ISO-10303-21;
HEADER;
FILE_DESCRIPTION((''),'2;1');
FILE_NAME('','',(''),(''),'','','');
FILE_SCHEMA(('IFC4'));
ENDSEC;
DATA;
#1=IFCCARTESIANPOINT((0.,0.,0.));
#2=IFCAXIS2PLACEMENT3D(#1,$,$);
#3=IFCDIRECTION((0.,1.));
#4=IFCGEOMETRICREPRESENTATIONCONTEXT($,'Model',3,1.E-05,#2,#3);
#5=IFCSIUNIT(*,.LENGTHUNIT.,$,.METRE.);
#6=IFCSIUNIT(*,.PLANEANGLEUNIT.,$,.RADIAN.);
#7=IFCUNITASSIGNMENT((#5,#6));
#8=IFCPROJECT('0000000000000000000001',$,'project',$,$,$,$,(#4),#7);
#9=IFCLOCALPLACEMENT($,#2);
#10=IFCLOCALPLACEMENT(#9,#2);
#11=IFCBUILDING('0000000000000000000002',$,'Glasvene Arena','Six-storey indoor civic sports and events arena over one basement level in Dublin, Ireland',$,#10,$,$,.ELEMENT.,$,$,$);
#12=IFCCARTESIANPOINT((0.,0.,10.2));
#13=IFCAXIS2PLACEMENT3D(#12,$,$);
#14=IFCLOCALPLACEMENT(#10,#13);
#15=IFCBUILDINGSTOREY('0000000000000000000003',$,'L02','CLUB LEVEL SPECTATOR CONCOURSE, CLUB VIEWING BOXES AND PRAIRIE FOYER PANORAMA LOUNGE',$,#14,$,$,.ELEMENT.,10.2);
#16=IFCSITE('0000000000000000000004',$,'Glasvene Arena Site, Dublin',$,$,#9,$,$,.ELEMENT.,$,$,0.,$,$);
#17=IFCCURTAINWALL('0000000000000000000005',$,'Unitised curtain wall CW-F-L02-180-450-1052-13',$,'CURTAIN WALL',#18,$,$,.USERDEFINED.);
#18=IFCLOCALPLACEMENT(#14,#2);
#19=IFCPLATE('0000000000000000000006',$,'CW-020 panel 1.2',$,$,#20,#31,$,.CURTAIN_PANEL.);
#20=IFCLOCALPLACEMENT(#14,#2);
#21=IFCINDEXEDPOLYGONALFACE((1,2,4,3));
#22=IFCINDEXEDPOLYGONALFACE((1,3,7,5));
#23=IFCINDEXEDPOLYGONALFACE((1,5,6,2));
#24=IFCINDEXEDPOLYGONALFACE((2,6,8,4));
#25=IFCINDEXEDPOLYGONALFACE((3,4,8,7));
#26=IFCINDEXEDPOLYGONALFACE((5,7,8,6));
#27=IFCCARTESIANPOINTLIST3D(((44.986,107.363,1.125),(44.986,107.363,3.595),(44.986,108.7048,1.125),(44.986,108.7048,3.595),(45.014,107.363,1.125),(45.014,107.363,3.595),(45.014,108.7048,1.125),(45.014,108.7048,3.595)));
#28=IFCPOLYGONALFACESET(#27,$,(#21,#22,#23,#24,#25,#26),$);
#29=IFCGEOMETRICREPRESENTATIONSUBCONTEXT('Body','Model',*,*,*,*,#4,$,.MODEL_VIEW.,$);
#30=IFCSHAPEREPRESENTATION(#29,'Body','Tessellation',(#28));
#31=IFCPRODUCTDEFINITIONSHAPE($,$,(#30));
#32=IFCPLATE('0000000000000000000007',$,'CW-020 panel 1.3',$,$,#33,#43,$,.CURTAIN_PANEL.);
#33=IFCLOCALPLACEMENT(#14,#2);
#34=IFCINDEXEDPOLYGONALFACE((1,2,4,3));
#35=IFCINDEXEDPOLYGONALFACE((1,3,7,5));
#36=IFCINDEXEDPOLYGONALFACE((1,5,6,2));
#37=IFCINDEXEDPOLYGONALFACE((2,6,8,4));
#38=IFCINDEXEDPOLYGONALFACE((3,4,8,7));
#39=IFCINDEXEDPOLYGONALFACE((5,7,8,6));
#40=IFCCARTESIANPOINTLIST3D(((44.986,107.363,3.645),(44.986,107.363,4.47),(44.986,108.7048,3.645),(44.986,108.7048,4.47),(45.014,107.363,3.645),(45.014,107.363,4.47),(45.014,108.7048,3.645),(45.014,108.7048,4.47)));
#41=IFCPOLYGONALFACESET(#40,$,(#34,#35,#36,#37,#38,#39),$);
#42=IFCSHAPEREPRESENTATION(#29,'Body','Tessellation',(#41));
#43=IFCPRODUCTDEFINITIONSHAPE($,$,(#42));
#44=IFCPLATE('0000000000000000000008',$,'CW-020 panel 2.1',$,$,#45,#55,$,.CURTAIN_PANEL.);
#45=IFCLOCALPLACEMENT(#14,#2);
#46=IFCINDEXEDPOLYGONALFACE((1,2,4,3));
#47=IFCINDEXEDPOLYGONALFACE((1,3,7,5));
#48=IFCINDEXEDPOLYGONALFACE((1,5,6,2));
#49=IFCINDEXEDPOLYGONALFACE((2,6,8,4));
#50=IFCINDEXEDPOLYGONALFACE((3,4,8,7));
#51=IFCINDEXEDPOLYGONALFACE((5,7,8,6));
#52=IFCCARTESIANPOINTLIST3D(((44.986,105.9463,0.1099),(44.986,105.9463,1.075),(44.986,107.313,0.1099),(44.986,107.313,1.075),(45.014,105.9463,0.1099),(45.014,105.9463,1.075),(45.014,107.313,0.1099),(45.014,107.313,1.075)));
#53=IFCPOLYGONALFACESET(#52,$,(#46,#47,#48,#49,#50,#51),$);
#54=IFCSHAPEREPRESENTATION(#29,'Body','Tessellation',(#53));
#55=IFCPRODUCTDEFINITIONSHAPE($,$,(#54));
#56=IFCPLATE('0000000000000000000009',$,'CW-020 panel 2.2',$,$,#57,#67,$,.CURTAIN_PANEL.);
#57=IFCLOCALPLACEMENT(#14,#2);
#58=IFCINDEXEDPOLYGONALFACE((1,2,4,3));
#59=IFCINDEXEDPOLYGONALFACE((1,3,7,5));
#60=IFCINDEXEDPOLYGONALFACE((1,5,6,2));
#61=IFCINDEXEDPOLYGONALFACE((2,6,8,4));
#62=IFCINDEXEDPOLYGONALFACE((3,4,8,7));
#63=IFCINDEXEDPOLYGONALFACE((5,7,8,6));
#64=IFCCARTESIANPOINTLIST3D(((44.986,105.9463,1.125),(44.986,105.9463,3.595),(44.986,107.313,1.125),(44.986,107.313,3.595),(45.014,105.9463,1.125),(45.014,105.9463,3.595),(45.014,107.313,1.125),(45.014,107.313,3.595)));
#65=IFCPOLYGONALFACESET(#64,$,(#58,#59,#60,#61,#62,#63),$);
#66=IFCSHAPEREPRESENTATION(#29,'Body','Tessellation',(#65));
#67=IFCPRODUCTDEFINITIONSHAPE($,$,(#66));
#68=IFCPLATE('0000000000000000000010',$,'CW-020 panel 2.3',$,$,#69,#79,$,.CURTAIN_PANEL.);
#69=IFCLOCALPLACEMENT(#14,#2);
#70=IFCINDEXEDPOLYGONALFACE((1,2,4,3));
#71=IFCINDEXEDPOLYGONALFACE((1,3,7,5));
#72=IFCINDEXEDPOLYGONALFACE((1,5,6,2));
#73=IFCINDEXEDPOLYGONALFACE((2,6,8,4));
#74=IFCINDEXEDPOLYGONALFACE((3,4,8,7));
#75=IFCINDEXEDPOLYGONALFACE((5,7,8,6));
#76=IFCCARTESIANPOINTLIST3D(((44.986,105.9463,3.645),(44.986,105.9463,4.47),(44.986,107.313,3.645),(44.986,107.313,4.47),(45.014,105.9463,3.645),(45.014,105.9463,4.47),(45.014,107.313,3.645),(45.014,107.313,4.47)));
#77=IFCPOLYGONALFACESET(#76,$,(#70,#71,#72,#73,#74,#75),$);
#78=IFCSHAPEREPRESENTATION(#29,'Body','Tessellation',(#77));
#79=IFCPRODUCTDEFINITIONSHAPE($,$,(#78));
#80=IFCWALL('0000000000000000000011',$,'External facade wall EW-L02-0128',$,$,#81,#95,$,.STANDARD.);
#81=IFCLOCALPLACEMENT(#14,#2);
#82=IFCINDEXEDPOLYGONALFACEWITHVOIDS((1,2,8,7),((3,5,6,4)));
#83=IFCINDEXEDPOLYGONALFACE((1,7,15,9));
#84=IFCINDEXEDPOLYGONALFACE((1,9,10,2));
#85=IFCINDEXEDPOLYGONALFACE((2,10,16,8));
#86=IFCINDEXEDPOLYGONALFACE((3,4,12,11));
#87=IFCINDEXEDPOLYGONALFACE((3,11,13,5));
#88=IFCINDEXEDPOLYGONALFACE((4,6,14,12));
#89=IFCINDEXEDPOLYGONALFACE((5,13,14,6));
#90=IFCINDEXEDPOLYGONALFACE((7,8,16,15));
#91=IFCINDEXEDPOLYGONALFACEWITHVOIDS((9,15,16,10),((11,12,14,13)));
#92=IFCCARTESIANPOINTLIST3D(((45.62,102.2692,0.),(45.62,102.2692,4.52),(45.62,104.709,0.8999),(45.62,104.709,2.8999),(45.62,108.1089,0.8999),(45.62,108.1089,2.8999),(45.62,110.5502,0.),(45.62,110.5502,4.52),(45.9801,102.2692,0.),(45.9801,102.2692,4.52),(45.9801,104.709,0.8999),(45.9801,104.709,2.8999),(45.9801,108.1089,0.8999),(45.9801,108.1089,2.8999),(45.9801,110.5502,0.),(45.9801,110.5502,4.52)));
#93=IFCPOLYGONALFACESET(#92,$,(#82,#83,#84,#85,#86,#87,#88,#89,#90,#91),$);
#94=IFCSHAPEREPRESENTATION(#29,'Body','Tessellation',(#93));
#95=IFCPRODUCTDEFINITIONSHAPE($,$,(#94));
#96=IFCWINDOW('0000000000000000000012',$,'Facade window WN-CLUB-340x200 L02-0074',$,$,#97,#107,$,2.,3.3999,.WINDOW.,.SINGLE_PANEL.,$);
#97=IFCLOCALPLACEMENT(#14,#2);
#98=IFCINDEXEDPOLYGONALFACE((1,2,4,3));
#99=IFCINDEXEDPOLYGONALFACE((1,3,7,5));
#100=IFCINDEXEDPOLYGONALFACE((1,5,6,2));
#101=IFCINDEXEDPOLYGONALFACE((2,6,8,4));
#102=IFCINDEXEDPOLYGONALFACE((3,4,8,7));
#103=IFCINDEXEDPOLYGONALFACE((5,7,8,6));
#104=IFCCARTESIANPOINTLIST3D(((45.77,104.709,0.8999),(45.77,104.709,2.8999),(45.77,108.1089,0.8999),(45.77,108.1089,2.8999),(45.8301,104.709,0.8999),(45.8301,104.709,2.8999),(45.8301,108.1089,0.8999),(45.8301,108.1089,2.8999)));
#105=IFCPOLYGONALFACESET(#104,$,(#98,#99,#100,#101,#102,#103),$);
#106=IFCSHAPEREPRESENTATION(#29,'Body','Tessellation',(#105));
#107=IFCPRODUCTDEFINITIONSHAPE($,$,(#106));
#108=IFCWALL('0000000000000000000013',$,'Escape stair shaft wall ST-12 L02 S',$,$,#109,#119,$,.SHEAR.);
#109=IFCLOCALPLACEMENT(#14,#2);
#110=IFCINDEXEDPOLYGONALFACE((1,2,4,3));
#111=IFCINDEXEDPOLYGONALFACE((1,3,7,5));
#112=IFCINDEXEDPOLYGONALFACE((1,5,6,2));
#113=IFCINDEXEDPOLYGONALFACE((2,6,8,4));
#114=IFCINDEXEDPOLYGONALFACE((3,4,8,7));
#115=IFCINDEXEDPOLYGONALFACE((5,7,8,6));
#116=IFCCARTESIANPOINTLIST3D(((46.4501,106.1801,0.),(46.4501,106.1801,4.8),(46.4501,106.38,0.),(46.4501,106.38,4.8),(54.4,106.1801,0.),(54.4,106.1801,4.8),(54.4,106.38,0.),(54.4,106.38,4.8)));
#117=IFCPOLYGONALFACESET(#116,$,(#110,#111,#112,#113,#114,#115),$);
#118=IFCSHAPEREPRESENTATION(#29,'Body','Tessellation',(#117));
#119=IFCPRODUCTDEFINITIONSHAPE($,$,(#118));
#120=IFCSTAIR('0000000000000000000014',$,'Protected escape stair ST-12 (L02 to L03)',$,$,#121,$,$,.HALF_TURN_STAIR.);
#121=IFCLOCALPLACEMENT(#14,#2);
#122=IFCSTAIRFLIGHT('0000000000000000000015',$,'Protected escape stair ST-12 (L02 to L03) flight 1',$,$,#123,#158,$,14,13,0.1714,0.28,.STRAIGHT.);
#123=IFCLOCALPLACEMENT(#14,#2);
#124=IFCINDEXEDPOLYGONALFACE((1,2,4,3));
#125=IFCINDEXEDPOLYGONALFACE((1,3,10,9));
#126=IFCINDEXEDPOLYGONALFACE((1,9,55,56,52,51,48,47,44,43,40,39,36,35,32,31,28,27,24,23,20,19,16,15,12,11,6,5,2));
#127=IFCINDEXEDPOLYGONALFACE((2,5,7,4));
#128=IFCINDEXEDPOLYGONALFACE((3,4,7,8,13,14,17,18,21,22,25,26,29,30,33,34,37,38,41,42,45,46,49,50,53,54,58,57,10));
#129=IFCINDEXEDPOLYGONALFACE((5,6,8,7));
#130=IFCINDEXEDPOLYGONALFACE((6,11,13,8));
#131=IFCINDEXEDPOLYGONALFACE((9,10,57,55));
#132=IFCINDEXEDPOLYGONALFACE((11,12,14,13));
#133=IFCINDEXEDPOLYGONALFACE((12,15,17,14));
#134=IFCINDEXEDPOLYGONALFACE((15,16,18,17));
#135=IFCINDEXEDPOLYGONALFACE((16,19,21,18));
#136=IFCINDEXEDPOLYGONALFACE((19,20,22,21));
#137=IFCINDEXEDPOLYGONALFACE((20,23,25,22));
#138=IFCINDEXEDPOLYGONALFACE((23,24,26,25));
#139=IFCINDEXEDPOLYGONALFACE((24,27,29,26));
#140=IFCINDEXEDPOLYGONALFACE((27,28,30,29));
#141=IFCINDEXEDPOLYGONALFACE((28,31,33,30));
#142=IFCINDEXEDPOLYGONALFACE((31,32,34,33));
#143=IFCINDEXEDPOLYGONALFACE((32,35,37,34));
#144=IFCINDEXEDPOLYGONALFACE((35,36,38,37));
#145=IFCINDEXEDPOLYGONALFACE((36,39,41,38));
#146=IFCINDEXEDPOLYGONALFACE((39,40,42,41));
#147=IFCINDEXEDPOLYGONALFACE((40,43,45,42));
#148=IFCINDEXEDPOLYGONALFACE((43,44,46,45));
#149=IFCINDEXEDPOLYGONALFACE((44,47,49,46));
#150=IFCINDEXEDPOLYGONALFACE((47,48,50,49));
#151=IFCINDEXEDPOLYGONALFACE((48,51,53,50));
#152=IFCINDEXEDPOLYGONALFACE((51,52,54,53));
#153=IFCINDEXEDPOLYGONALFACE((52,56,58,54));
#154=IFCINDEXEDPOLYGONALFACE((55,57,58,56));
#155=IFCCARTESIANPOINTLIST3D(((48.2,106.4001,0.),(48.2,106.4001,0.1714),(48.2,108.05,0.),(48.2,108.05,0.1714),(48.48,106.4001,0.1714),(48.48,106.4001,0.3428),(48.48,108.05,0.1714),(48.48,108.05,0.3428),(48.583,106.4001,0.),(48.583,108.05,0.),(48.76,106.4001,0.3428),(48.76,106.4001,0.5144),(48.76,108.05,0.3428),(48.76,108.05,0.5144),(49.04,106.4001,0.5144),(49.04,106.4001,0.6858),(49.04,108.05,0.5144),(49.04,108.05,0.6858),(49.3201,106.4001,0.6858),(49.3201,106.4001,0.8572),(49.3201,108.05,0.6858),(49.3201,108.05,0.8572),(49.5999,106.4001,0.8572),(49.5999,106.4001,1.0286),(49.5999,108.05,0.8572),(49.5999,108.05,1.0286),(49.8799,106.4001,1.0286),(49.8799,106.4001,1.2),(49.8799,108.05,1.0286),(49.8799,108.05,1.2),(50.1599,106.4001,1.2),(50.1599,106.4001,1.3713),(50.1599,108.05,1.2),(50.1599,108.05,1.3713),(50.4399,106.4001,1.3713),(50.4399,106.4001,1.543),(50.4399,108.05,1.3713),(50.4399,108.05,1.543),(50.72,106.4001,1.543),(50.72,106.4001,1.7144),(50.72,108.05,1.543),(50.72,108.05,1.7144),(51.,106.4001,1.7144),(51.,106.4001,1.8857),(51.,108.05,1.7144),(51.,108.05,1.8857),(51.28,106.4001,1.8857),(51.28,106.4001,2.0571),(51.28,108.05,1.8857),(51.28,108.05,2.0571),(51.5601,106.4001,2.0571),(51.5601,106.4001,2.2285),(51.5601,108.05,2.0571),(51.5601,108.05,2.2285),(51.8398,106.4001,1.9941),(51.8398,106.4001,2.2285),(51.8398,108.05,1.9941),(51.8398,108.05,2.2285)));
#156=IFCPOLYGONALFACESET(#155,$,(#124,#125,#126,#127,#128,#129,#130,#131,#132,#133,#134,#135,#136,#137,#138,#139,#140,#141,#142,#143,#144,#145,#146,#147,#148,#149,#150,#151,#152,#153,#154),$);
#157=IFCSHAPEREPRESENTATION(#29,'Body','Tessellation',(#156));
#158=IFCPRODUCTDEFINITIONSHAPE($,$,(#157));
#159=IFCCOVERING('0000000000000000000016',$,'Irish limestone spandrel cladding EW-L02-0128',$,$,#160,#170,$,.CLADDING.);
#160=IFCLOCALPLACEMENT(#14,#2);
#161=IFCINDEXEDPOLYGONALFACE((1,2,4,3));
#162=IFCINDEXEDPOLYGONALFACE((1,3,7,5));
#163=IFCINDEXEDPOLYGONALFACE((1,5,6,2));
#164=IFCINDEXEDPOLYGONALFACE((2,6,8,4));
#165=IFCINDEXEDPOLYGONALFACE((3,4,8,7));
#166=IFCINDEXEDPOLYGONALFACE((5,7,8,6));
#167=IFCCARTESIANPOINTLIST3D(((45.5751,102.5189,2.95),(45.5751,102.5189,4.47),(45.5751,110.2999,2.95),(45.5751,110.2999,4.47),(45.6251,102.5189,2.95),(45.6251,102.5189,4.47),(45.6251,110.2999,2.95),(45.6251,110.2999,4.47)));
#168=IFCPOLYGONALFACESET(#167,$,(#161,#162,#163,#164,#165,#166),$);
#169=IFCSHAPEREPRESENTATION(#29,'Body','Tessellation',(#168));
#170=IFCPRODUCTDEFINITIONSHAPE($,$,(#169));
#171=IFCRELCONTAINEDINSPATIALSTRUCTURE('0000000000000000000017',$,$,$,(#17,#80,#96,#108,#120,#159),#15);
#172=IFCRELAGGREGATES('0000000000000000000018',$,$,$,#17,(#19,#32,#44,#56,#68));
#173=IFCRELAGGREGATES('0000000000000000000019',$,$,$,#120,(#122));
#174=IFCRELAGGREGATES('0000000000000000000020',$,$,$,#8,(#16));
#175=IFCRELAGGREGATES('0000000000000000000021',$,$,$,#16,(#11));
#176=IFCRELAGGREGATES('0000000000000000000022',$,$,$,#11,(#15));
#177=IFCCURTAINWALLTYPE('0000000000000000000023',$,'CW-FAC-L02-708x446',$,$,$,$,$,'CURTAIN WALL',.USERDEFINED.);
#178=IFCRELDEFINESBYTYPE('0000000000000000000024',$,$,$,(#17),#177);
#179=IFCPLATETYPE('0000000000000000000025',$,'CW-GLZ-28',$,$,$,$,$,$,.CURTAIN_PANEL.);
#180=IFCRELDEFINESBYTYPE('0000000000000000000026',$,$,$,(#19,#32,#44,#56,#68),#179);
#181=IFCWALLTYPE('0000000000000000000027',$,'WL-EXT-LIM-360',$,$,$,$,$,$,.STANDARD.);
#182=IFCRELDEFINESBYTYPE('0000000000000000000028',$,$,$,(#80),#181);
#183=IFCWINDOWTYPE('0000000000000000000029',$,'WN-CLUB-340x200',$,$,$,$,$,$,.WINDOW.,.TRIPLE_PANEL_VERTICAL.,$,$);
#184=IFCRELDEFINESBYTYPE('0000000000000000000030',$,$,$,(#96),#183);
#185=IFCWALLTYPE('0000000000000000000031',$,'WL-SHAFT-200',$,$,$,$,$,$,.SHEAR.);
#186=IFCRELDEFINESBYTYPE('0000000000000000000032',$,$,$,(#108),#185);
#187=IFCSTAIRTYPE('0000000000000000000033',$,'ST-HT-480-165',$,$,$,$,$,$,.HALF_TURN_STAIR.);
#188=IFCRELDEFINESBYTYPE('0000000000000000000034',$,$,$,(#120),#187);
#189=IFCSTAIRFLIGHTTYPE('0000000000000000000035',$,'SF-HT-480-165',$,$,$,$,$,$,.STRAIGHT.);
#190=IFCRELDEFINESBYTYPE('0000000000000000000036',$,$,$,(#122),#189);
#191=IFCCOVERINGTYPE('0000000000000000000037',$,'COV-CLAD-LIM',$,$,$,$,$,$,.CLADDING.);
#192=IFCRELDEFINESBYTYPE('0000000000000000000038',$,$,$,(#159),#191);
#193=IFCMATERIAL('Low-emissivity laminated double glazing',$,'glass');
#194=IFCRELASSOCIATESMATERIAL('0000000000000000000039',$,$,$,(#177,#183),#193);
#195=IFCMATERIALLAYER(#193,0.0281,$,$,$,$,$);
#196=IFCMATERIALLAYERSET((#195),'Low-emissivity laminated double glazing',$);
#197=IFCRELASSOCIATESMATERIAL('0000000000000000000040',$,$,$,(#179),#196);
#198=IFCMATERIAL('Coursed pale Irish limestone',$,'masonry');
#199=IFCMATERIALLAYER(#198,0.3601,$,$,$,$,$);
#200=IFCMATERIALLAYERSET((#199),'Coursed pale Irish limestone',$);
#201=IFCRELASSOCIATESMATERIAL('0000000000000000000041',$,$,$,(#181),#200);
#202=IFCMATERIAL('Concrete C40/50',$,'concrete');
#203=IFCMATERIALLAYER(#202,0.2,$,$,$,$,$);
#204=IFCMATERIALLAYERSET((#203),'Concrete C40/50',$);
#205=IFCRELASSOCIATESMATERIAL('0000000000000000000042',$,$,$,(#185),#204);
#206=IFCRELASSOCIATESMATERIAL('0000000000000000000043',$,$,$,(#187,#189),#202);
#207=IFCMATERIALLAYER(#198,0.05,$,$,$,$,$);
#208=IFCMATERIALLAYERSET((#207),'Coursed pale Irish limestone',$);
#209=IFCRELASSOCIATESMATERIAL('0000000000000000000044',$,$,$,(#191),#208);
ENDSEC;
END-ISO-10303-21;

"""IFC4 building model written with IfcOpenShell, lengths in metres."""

from ifc_helpers import new_model, si_unit, direction, frame, frame_2d, origin, origin_2d, place, context, subcontext, project, spatial, polyline, rectangle, outline, extrude, material, layer, layer_set, type_object, element, fill, aggregate, save


model = new_model("IFC4")

# Units and contexts
model_context = context("Model", 3, precision=1e-05, world=origin(), true_north=direction((0.0, 1.0)))
body_context = subcontext(model_context, "Body", "Model", "MODEL_VIEW")
ifc_project = project(units=[si_unit("LENGTHUNIT", "METRE"), si_unit("PLANEANGLEUNIT", "RADIAN")], contexts=[model_context])

# Site, building, storey
site_placement = place(None, origin())
site = spatial("IfcSite", under=ifc_project, at=site_placement, Name="Glasvene Arena Site, Dublin", CompositionType="ELEMENT", RefElevation=0.0)
building_placement = place(site_placement, origin())
building = spatial("IfcBuilding", under=site, at=building_placement, Name="Glasvene Arena", Description="Six-storey indoor civic sports and events arena over one basement level in Dublin, Ireland", CompositionType="ELEMENT")
storey_placement = place(building_placement, frame((0.0, 0.0, 10.2)))
storey = spatial("IfcBuildingStorey", under=building, at=storey_placement, Name="L02", Description="CLUB LEVEL SPECTATOR CONCOURSE, CLUB VIEWING BOXES AND PRAIRIE FOYER PANORAMA LOUNGE", CompositionType="ELEMENT", Elevation=10.2)

# Curtain wall, plates
ifc_material_1 = material(Name="Low-emissivity laminated double glazing", Category="glass")
curtain_wall_type = type_object("IfcCurtainWallType", Name="CW-FAC-L02-708x446", ElementType="CURTAIN WALL", PredefinedType="USERDEFINED", material=ifc_material_1)
curtain_wall_placement = place(storey_placement, frame((45.0, 108.7549, 0.0)))
curtain_wall = element("IfcCurtainWall", 1, at=curtain_wall_placement, inside=storey, type_object=curtain_wall_type, Name="Unitised curtain wall CW-F-L02-180-450-1052-13", ObjectType="CURTAIN WALL", PredefinedType="USERDEFINED")
ifc_layer_1 = layer(ifc_material_1, 0.0281)
ifc_layer_set_1 = layer_set([ifc_layer_1], Name="Low-emissivity laminated double glazing")
plate_type = type_object("IfcPlateType", Name="CW-GLZ-28", PredefinedType="CURTAIN_PANEL", material=ifc_layer_set_1)
plate_1_placement = place(storey_placement, frame((45.0, 108.0339, 1.125), z_axis=(0.0, 0.0, 1.0), x_axis=(0.0, -1.0, 0.0)))
plate_1 = element("IfcPlate", 2, at=plate_1_placement, type_object=plate_type, Name="CW-020 panel 1.2", PredefinedType="CURTAIN_PANEL", context=body_context, shape_type="SweptSolid", body=[
    extrude(rectangle(XDim=1.3418, YDim=0.0281, at=origin_2d()), origin(), (0.0, 0.0, 1.0), 2.47),
])
plate_2_placement = place(storey_placement, frame((45.0, 108.0339, 3.645), z_axis=(0.0, 0.0, 1.0), x_axis=(0.0, -1.0, 0.0)))
plate_2 = element("IfcPlate", 3, at=plate_2_placement, type_object=plate_type, Name="CW-020 panel 1.3", PredefinedType="CURTAIN_PANEL", context=body_context, shape_type="SweptSolid", body=[
    extrude(rectangle(XDim=1.3418, YDim=0.0281, at=origin_2d()), origin(), (0.0, 0.0, 1.0), 0.825),
])
plate_3_placement = place(storey_placement, frame((45.0, 106.6296, 0.1099), z_axis=(0.0, 0.0, 1.0), x_axis=(0.0, -1.0, 0.0)))
plate_3 = element("IfcPlate", 4, at=plate_3_placement, type_object=plate_type, Name="CW-020 panel 2.1", PredefinedType="CURTAIN_PANEL", context=body_context, shape_type="SweptSolid", body=[
    extrude(rectangle(XDim=1.3667, YDim=0.0281, at=origin_2d()), origin(), (0.0, 0.0, 1.0), 0.9651),
])
plate_4_placement = place(storey_placement, frame((45.0, 106.6296, 1.125), z_axis=(0.0, 0.0, 1.0), x_axis=(0.0, -1.0, 0.0)))
plate_4 = element("IfcPlate", 5, at=plate_4_placement, type_object=plate_type, Name="CW-020 panel 2.2", PredefinedType="CURTAIN_PANEL", context=body_context, shape_type="SweptSolid", body=[
    extrude(rectangle(XDim=1.3667, YDim=0.0281, at=origin_2d()), origin(), (0.0, 0.0, 1.0), 2.47),
])
plate_5_placement = place(storey_placement, frame((45.0, 106.6296, 3.645), z_axis=(0.0, 0.0, 1.0), x_axis=(0.0, -1.0, 0.0)))
plate_5 = element("IfcPlate", 6, at=plate_5_placement, type_object=plate_type, Name="CW-020 panel 2.3", PredefinedType="CURTAIN_PANEL", context=body_context, shape_type="SweptSolid", body=[
    extrude(rectangle(XDim=1.3667, YDim=0.0281, at=origin_2d()), origin(), (0.0, 0.0, 1.0), 0.825),
])
aggregate(curtain_wall, [plate_1, plate_2, plate_3, plate_4, plate_5])

# Shared definitions
ifc_material_2 = material(Name="Concrete C40/50", Category="concrete")

# Wall, opening, window
ifc_material_3 = material(Name="Coursed pale Irish limestone", Category="masonry")
ifc_layer_2 = layer(ifc_material_3, 0.3601)
ifc_layer_set_2 = layer_set([ifc_layer_2], Name="Coursed pale Irish limestone")
wall_type_1 = type_object("IfcWallType", Name="WL-EXT-LIM-360", PredefinedType="STANDARD", material=ifc_layer_set_2)
wall_1_placement = place(storey_placement, frame((45.8, 102.269, 0.0), z_axis=(0.0, 0.0, 1.0), x_axis=(0.0, 1.0, 0.0)))
wall_1 = element("IfcWall", 7, at=wall_1_placement, inside=storey, type_object=wall_type_1, Name="External facade wall EW-L02-0128", PredefinedType="STANDARD", context=body_context, shape_type="SweptSolid", body=[
    extrude(rectangle(XDim=8.281, YDim=0.3601, at=frame_2d((4.1406, 0.0))), origin(), (0.0, 0.0, 1.0), 4.52),
])
opening_1_placement = place(wall_1_placement, frame((2.4399, 0.0, 0.8999)))
opening_1 = element("IfcOpeningElement", 8, at=opening_1_placement, cuts=wall_1, PredefinedType="OPENING", context=body_context, shape_type="SweptSolid", body=[
    extrude(rectangle(XDim=3.3999, YDim=2.0, at=frame_2d((1.7, 1.0))), frame((0.0, 0.1899, 0.0), z_axis=(0.0, -1.0, 0.0), x_axis=(1.0, 0.0, 0.0)), (0.0, 0.0, 1.0), 0.3801),
])
window_type = type_object("IfcWindowType", Name="WN-CLUB-340x200", PartitioningType="TRIPLE_PANEL_VERTICAL", PredefinedType="WINDOW", material=ifc_material_1)
window_placement = place(opening_1_placement, origin())
window = element("IfcWindow", 9, at=window_placement, inside=storey, type_object=window_type, Name="Facade window WN-CLUB-340x200 L02-0074", OverallHeight=2.0, OverallWidth=3.3999, PartitioningType="SINGLE_PANEL", PredefinedType="WINDOW", context=body_context, shape_type="SweptSolid", body=[
    extrude(rectangle(XDim=3.3999, YDim=2.0, at=frame_2d((1.7, 1.0))), frame((0.0, 0.03, 0.0), z_axis=(0.0, -1.0, 0.0), x_axis=(1.0, 0.0, 0.0)), (0.0, 0.0, 1.0), 0.0601),
])
fill(opening_1, window)

# Wall
ifc_layer_3 = layer(ifc_material_2, 0.2)
ifc_layer_set_3 = layer_set([ifc_layer_3], Name="Concrete C40/50")
wall_type_2 = type_object("IfcWallType", Name="WL-SHAFT-200", PredefinedType="SHEAR", material=ifc_layer_set_3)
wall_2_placement = place(storey_placement, frame((46.45, 106.28, 0.0), z_axis=(0.0, 0.0, 1.0), x_axis=(1.0, 0.0, 0.0)))
element("IfcWall", 10, at=wall_2_placement, inside=storey, type_object=wall_type_2, Name="Escape stair shaft wall ST-12 L02 S", PredefinedType="SHEAR", context=body_context, shape_type="SweptSolid", body=[
    extrude(rectangle(XDim=7.95, YDim=0.2, at=frame_2d((3.9751, 0.0))), origin(), (0.0, 0.0, 1.0), 4.8),
])

# Stair, stair flight
stair_type = type_object("IfcStairType", Name="ST-HT-480-165", PredefinedType="HALF_TURN_STAIR", material=ifc_material_2)
stair_placement = place(storey_placement, origin())
stair = element("IfcStair", 11, at=stair_placement, inside=storey, type_object=stair_type, Name="Protected escape stair ST-12 (L02 to L03)", PredefinedType="HALF_TURN_STAIR")
stair_flight_type = type_object("IfcStairFlightType", Name="SF-HT-480-165", PredefinedType="STRAIGHT", material=ifc_material_2)
stair_flight_placement = place(storey_placement, frame((48.2, 107.2251, 0.0), z_axis=(0.0, 0.0, 1.0), x_axis=(1.0, 0.0, 0.0)))
stair_flight = element("IfcStairFlight", 12, at=stair_flight_placement, type_object=stair_flight_type, Name="Protected escape stair ST-12 (L02 to L03) flight 1", NumberOfRisers=14, NumberOfTreads=13, PredefinedType="STRAIGHT", RiserHeight=0.1714, TreadLength=0.28, context=body_context, shape_type="SweptSolid", body=[
    extrude(outline(polyline([(0.0, 0.0), (0.0, 0.1714), (0.28, 0.1714), (0.28, 0.3428), (0.5601, 0.3428), (0.5601, 0.5144), (0.8401, 0.5144), (0.8401, 0.6858), (1.1201, 0.6858), (1.1201, 0.8572), (1.3999, 0.8572), (1.3999, 1.0286), (1.6799, 1.0286), (1.6799, 1.2), (1.96, 1.2), (1.96, 1.3713), (2.24, 1.3713), (2.24, 1.543), (2.52, 1.543), (2.52, 1.7144), (2.8, 1.7144), (2.8, 1.8857), (3.0801, 1.8857), (3.0801, 2.0571), (3.3601, 2.0571), (3.3601, 2.2285), (3.6399, 2.2285), (3.6399, 2.3999), (3.6399, 1.9941), (0.3831, 0.0), (0.0, 0.0)])), frame((0.0, 0.825, 0.0), z_axis=(0.0, -1.0, 0.0), x_axis=(1.0, 0.0, 0.0)), (0.0, 0.0, 1.0), 1.6499),
])
aggregate(stair, [stair_flight])

# Covering
ifc_layer_4 = layer(ifc_material_3, 0.05)
ifc_layer_set_4 = layer_set([ifc_layer_4], Name="Coursed pale Irish limestone")
covering_type = type_object("IfcCoveringType", Name="COV-CLAD-LIM", PredefinedType="CLADDING", material=ifc_layer_set_4)
covering_placement = place(storey_placement, frame((45.6001, 106.4094, 2.95), z_axis=(0.0, 0.0, 1.0), x_axis=(0.0, 1.0, 0.0)))
element("IfcCovering", 13, at=covering_placement, inside=storey, type_object=covering_type, Name="Irish limestone spandrel cladding EW-L02-0128", PredefinedType="CLADDING", context=body_context, shape_type="SweptSolid", body=[
    extrude(rectangle(XDim=7.781, YDim=0.05, at=origin_2d()), origin(), (0.0, 0.0, 1.0), 1.52),
])

save(model, "model.ifc")
